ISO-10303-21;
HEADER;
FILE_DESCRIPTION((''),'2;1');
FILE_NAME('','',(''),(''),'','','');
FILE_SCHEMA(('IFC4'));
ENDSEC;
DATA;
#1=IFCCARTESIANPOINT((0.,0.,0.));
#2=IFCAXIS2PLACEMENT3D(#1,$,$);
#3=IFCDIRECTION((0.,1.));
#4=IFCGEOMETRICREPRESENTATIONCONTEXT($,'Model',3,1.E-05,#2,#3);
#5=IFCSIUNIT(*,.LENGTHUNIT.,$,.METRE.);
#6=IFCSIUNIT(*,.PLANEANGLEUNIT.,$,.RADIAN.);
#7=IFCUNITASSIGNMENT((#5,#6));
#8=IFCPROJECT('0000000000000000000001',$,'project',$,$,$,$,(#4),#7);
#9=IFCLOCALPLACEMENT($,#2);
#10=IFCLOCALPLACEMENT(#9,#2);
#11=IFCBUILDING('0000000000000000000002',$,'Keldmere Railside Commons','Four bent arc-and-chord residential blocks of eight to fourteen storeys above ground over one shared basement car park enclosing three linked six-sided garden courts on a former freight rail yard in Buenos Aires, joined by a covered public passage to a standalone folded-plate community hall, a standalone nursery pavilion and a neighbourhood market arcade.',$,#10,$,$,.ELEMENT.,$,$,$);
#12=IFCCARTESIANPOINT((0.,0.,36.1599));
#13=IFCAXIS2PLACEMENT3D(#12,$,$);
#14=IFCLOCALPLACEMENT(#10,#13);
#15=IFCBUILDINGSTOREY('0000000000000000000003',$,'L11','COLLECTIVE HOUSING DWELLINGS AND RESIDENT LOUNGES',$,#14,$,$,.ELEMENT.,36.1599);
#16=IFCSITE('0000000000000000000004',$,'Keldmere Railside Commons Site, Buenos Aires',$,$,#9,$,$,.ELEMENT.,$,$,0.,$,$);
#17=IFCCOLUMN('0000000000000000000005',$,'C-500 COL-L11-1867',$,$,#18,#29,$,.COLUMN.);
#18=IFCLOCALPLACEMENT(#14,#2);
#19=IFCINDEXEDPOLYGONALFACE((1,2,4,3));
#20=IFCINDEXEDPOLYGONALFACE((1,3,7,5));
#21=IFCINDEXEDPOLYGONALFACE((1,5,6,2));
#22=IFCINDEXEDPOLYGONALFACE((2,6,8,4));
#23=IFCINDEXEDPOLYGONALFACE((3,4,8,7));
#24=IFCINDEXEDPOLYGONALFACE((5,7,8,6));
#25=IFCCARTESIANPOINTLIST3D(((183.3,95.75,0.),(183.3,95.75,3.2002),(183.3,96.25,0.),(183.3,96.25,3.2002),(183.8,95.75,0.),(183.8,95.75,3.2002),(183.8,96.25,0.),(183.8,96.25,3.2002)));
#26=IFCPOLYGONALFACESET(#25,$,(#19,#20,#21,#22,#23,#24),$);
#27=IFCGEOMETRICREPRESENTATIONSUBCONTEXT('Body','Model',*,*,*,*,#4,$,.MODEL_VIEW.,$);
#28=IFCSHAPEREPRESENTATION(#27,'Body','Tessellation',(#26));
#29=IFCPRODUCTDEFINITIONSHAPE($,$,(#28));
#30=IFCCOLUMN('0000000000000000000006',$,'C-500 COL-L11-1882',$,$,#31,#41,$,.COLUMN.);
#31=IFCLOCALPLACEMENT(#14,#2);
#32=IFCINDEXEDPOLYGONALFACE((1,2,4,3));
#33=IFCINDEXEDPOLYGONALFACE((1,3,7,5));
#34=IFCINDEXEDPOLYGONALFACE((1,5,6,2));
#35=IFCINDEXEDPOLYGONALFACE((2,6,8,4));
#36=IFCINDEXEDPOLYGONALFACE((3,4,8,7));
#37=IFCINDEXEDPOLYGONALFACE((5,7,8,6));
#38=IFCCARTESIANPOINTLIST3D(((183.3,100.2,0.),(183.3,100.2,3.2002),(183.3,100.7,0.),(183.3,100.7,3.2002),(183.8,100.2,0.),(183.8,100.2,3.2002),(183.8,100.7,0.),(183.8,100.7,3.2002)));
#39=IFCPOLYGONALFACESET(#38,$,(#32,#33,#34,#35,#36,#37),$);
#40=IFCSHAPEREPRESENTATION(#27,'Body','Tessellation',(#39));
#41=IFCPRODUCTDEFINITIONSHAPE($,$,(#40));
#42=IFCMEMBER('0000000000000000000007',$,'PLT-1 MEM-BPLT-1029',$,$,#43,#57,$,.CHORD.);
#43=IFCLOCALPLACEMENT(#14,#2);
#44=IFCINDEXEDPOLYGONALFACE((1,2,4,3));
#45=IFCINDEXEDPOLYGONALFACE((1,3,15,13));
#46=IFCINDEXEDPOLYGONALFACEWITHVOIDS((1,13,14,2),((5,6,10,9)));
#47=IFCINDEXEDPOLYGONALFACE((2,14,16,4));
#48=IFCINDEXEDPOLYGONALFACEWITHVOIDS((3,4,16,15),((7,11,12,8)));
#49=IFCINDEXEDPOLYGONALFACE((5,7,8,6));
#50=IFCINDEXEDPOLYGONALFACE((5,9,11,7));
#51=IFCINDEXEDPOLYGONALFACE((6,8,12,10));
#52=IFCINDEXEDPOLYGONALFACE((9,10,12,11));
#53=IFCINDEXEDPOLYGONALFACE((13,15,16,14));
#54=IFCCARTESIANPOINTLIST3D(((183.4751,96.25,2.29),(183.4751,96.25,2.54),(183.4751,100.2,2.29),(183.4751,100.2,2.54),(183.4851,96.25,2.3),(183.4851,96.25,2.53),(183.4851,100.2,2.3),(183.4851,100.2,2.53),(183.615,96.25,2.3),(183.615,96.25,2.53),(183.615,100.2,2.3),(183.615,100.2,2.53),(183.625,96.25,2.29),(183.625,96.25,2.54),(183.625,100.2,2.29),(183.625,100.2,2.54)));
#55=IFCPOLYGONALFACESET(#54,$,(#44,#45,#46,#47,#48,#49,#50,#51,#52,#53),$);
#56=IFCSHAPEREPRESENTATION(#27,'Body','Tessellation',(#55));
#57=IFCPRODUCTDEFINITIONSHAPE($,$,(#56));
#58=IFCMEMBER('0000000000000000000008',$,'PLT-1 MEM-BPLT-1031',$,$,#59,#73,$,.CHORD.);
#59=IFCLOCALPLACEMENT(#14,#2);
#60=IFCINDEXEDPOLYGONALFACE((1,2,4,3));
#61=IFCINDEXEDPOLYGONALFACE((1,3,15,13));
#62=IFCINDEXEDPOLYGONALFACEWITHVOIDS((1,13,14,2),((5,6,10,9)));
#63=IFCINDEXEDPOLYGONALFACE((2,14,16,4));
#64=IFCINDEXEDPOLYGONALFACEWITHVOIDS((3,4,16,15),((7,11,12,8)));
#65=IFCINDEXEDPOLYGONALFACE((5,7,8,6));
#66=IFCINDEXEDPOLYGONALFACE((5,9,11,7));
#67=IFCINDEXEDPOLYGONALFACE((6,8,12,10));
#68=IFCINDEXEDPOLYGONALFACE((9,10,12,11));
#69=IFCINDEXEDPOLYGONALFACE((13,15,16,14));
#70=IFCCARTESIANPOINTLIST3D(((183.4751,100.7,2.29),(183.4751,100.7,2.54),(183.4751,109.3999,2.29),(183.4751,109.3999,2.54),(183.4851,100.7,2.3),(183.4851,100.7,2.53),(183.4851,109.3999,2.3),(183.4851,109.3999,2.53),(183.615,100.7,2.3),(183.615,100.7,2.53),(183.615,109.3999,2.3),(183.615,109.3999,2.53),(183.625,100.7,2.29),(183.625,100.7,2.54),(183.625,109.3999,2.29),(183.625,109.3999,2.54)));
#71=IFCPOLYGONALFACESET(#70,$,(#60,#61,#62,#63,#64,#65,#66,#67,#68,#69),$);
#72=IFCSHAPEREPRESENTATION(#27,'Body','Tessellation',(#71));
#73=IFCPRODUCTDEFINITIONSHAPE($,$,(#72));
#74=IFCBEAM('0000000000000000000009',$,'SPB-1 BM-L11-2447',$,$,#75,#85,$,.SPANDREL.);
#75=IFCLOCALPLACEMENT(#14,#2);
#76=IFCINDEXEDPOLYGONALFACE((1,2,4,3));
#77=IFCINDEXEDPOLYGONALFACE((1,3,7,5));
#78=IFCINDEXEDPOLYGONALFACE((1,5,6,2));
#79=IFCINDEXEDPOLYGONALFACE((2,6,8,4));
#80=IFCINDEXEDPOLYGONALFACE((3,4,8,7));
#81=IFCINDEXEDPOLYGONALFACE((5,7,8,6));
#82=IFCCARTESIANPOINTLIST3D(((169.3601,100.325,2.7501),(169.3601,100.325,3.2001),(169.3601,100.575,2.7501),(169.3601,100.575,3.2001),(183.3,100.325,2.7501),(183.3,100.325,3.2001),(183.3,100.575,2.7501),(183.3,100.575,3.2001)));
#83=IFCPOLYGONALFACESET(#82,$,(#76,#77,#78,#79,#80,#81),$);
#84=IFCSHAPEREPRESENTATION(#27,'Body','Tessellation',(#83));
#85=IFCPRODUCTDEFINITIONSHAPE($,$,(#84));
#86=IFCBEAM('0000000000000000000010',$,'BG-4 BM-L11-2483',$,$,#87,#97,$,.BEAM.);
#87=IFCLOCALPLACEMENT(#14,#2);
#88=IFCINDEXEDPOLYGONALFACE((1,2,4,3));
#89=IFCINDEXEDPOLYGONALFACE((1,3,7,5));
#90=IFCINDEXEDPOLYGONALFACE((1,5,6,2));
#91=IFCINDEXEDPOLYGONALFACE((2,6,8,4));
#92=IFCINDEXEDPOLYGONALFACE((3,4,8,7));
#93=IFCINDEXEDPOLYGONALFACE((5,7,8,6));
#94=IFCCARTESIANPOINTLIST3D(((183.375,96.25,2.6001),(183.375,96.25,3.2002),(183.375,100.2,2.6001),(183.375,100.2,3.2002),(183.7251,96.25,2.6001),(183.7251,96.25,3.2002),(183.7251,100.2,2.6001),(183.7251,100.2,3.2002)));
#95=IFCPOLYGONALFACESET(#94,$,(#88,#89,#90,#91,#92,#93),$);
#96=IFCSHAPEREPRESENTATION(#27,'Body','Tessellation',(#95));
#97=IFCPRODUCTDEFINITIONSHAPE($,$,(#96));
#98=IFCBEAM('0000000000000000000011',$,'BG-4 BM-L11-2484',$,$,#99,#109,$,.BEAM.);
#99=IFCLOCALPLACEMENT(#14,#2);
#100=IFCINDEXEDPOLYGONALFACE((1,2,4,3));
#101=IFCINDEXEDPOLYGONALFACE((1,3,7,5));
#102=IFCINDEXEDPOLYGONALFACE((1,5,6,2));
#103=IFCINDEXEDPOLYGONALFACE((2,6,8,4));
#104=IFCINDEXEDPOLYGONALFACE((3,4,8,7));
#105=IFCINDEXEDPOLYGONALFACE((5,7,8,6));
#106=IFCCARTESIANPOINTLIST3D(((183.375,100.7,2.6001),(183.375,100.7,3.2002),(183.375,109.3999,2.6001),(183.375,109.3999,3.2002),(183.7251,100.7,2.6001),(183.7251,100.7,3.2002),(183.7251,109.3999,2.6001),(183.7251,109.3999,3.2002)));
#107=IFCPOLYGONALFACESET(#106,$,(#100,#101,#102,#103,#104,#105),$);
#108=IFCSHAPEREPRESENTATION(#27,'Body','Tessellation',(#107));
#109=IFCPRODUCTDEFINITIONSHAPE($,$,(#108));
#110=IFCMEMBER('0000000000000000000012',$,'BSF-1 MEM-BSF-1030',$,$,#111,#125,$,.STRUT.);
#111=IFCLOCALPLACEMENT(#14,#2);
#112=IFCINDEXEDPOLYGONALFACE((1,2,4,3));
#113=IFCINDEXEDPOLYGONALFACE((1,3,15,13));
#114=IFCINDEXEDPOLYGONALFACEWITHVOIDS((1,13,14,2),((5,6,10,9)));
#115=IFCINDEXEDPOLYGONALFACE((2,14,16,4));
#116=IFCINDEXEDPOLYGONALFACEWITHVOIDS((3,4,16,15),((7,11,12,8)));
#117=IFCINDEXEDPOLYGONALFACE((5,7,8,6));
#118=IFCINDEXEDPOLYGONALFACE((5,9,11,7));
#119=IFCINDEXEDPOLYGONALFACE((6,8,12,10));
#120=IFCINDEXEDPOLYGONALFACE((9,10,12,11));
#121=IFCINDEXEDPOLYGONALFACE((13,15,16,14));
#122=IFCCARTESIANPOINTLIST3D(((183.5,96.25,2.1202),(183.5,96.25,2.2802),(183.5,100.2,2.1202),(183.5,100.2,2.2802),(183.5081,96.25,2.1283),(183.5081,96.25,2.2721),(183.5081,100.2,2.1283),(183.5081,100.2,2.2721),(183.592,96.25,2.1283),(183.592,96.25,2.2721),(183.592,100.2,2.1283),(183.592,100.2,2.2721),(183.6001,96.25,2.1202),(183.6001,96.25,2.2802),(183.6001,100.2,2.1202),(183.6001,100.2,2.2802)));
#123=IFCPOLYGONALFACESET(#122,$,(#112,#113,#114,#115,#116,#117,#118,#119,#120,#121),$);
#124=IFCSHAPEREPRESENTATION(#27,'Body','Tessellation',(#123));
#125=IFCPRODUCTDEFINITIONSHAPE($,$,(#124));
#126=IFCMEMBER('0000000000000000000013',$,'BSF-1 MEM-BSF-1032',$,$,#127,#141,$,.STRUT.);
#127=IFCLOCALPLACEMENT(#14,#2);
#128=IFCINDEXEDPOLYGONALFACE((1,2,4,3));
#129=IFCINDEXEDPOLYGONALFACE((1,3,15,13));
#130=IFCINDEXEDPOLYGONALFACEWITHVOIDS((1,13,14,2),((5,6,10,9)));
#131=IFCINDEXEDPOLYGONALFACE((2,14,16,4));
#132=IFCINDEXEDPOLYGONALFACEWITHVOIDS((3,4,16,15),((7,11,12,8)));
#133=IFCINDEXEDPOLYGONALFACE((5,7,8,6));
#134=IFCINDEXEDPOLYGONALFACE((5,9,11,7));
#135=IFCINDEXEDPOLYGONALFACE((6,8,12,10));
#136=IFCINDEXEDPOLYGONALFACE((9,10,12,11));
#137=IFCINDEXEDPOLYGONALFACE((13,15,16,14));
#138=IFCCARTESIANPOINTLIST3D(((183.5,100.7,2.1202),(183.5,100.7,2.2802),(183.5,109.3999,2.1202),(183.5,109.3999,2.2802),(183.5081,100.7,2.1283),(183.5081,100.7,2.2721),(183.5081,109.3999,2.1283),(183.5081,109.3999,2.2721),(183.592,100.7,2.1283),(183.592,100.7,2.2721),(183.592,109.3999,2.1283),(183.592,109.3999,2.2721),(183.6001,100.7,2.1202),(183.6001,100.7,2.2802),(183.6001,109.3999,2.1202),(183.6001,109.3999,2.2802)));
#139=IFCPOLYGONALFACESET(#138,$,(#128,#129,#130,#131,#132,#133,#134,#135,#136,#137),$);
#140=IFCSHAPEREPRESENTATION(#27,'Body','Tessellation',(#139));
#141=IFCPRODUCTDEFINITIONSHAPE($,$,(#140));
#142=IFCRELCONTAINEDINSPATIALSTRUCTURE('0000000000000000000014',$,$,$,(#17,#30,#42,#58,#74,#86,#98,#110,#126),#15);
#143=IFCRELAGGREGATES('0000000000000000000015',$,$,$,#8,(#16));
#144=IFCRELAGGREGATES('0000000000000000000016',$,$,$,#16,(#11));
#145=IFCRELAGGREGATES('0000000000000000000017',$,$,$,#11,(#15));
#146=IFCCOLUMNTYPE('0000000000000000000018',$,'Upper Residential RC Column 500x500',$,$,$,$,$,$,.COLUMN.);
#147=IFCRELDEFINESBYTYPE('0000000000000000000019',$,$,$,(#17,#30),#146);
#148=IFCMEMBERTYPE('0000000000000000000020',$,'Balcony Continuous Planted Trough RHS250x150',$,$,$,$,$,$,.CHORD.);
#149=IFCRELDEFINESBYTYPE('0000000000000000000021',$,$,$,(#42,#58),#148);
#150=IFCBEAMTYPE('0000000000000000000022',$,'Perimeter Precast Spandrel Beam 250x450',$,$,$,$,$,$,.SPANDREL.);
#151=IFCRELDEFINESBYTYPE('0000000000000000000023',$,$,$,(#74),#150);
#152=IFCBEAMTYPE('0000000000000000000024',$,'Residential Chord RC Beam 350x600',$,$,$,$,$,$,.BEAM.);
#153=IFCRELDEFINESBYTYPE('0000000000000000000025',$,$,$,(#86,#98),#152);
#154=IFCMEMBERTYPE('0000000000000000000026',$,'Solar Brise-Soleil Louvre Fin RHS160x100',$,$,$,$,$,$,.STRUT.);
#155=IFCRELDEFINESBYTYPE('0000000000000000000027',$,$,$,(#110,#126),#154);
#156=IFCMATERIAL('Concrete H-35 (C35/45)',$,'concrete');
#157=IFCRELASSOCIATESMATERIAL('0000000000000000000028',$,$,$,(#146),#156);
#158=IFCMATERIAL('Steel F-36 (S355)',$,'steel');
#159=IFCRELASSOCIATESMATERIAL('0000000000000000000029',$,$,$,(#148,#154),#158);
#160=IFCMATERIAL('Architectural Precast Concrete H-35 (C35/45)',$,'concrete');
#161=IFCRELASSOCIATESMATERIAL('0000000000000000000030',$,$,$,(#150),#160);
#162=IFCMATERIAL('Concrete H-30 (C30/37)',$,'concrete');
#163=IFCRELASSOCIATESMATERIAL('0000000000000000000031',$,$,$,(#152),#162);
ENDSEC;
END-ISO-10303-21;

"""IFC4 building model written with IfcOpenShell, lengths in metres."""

from ifc_helpers import new_model, si_unit, direction, frame, origin, origin_2d, place, context, subcontext, project, spatial, rectangle, hollow_rectangle, extrude, material, material_profile, profile_set, type_object, element, save


model = new_model("IFC4")

# Units and contexts
model_context = context("Model", 3, precision=1e-05, world=origin(), true_north=direction((0.0, 1.0)))
body_context = subcontext(model_context, "Body", "Model", "MODEL_VIEW")
ifc_project = project(units=[si_unit("LENGTHUNIT", "METRE"), si_unit("PLANEANGLEUNIT", "RADIAN")], contexts=[model_context])

# Site, building, storey
site_placement = place(None, origin())
site = spatial("IfcSite", under=ifc_project, at=site_placement, Name="Keldmere Railside Commons Site, Buenos Aires", CompositionType="ELEMENT", RefElevation=0.0)
building_placement = place(site_placement, origin())
building = spatial("IfcBuilding", under=site, at=building_placement, Name="Keldmere Railside Commons", Description="Four bent arc-and-chord residential blocks of eight to fourteen storeys above ground over one shared basement car park enclosing three linked six-sided garden courts on a former freight rail yard in Buenos Aires, joined by a covered public passage to a standalone folded-plate community hall, a standalone nursery pavilion and a neighbourhood market arcade.", CompositionType="ELEMENT")
storey_placement = place(building_placement, frame((0.0, 0.0, 36.1599)))
storey = spatial("IfcBuildingStorey", under=building, at=storey_placement, Name="L11", Description="COLLECTIVE HOUSING DWELLINGS AND RESIDENT LOUNGES", CompositionType="ELEMENT", Elevation=36.1599)

# Columns
ifc_material_1 = material(Name="Concrete H-35 (C35/45)", Category="concrete")
ifc_material_profile_1 = material_profile(ifc_material_1, rectangle(XDim=0.5, YDim=0.5, at=origin_2d()), Name="RC-500x500")
ifc_profile_set_1 = profile_set([ifc_material_profile_1], Name="Concrete H-35 (C35/45)")
column_type = type_object("IfcColumnType", Name="Upper Residential RC Column 500x500", PredefinedType="COLUMN", material=ifc_profile_set_1)
for number, where, z_axis, x_axis, name in (
    (1, (183.55, 96.0, 0.0), (0.0, 0.0, 1.0), (1.0, 0.0, 0.0), "C-500 COL-L11-1867"),
    (2, (183.55, 100.45, 0.0), (0.0, 0.0, 1.0), (1.0, 0.0, 0.0), "C-500 COL-L11-1882"),
):
    element("IfcColumn", number, at=place(storey_placement, frame(where, z_axis=z_axis, x_axis=x_axis)), inside=storey, type_object=column_type, Name=name, PredefinedType="COLUMN", context=body_context, shape_type="SweptSolid", body=[
        extrude(rectangle(XDim=0.5, YDim=0.5, at=origin_2d()), origin(), (0.0, 0.0, 1.0), 3.2002),
    ])

# Members
ifc_material_2 = material(Name="Steel F-36 (S355)", Category="steel")
ifc_material_profile_2 = material_profile(ifc_material_2, hollow_rectangle(XDim=0.1499, YDim=0.25, WallThickness=0.01, at=origin_2d()), Name="RHS-250x150x10")
ifc_profile_set_2 = profile_set([ifc_material_profile_2], Name="Steel F-36 (S355)")
member_type_1 = type_object("IfcMemberType", Name="Balcony Continuous Planted Trough RHS250x150", PredefinedType="CHORD", material=ifc_profile_set_2)
member_1_placement = place(storey_placement, frame((183.55, 96.25, 2.415), z_axis=(0.0, 1.0, 0.0), x_axis=(-1.0, 0.0, 0.0)))
element("IfcMember", 3, at=member_1_placement, inside=storey, type_object=member_type_1, Name="PLT-1 MEM-BPLT-1029", PredefinedType="CHORD", context=body_context, shape_type="SweptSolid", body=[
    extrude(hollow_rectangle(XDim=0.1499, YDim=0.25, WallThickness=0.01, at=origin_2d()), origin(), (0.0, 0.0, 1.0), 3.95),
])
member_2_placement = place(storey_placement, frame((183.55, 100.7, 2.415), z_axis=(0.0, 1.0, 0.0), x_axis=(-1.0, 0.0, 0.0)))
element("IfcMember", 4, at=member_2_placement, inside=storey, type_object=member_type_1, Name="PLT-1 MEM-BPLT-1031", PredefinedType="CHORD", context=body_context, shape_type="SweptSolid", body=[
    extrude(hollow_rectangle(XDim=0.1499, YDim=0.25, WallThickness=0.01, at=origin_2d()), origin(), (0.0, 0.0, 1.0), 8.7),
])

# Beams
ifc_material_3 = material(Name="Architectural Precast Concrete H-35 (C35/45)", Category="concrete")
ifc_material_profile_3 = material_profile(ifc_material_3, rectangle(XDim=0.25, YDim=0.45, at=origin_2d()), Name="RC-250x450")
ifc_profile_set_3 = profile_set([ifc_material_profile_3], Name="Architectural Precast Concrete H-35 (C35/45)")
beam_type_1 = type_object("IfcBeamType", Name="Perimeter Precast Spandrel Beam 250x450", PredefinedType="SPANDREL", material=ifc_profile_set_3)
beam_1_placement = place(storey_placement, frame((169.3601, 100.45, 2.9751), z_axis=(1.0, 0.0, 0.0), x_axis=(0.0, 1.0, 0.0)))
element("IfcBeam", 5, at=beam_1_placement, inside=storey, type_object=beam_type_1, Name="SPB-1 BM-L11-2447", PredefinedType="SPANDREL", context=body_context, shape_type="SweptSolid", body=[
    extrude(rectangle(XDim=0.25, YDim=0.45, at=origin_2d()), origin(), (0.0, 0.0, 1.0), 13.9399),
])
ifc_material_4 = material(Name="Concrete H-30 (C30/37)", Category="concrete")
ifc_material_profile_4 = material_profile(ifc_material_4, rectangle(XDim=0.3501, YDim=0.6001, at=origin_2d()), Name="RC-350x600")
ifc_profile_set_4 = profile_set([ifc_material_profile_4], Name="Concrete H-30 (C30/37)")
beam_type_2 = type_object("IfcBeamType", Name="Residential Chord RC Beam 350x600", PredefinedType="BEAM", material=ifc_profile_set_4)
beam_2_placement = place(storey_placement, frame((183.55, 96.25, 2.9001), z_axis=(0.0, 1.0, 0.0), x_axis=(-1.0, 0.0, 0.0)))
element("IfcBeam", 6, at=beam_2_placement, inside=storey, type_object=beam_type_2, Name="BG-4 BM-L11-2483", PredefinedType="BEAM", context=body_context, shape_type="SweptSolid", body=[
    extrude(rectangle(XDim=0.3501, YDim=0.6001, at=origin_2d()), origin(), (0.0, 0.0, 1.0), 3.95),
])
beam_3_placement = place(storey_placement, frame((183.55, 100.7, 2.9001), z_axis=(0.0, 1.0, 0.0), x_axis=(-1.0, 0.0, 0.0)))
element("IfcBeam", 7, at=beam_3_placement, inside=storey, type_object=beam_type_2, Name="BG-4 BM-L11-2484", PredefinedType="BEAM", context=body_context, shape_type="SweptSolid", body=[
    extrude(rectangle(XDim=0.3501, YDim=0.6001, at=origin_2d()), origin(), (0.0, 0.0, 1.0), 8.7),
])

# Members
ifc_material_profile_5 = material_profile(ifc_material_2, hollow_rectangle(XDim=0.1001, YDim=0.1599, WallThickness=0.0081, at=origin_2d()), Name="RHS-160x100x8")
ifc_profile_set_5 = profile_set([ifc_material_profile_5], Name="Steel F-36 (S355)")
member_type_2 = type_object("IfcMemberType", Name="Solar Brise-Soleil Louvre Fin RHS160x100", PredefinedType="STRUT", material=ifc_profile_set_5)
member_3_placement = place(storey_placement, frame((183.55, 96.25, 2.2002), z_axis=(0.0, 1.0, 0.0), x_axis=(-1.0, 0.0, 0.0)))
element("IfcMember", 8, at=member_3_placement, inside=storey, type_object=member_type_2, Name="BSF-1 MEM-BSF-1030", PredefinedType="STRUT", context=body_context, shape_type="SweptSolid", body=[
    extrude(hollow_rectangle(XDim=0.1001, YDim=0.1599, WallThickness=0.0081, at=origin_2d()), origin(), (0.0, 0.0, 1.0), 3.95),
])
member_4_placement = place(storey_placement, frame((183.55, 100.7, 2.2002), z_axis=(0.0, 1.0, 0.0), x_axis=(-1.0, 0.0, 0.0)))
element("IfcMember", 9, at=member_4_placement, inside=storey, type_object=member_type_2, Name="BSF-1 MEM-BSF-1032", PredefinedType="STRUT", context=body_context, shape_type="SweptSolid", body=[
    extrude(hollow_rectangle(XDim=0.1001, YDim=0.1599, WallThickness=0.0081, at=origin_2d()), origin(), (0.0, 0.0, 1.0), 8.7),
])

save(model, "model.ifc")
